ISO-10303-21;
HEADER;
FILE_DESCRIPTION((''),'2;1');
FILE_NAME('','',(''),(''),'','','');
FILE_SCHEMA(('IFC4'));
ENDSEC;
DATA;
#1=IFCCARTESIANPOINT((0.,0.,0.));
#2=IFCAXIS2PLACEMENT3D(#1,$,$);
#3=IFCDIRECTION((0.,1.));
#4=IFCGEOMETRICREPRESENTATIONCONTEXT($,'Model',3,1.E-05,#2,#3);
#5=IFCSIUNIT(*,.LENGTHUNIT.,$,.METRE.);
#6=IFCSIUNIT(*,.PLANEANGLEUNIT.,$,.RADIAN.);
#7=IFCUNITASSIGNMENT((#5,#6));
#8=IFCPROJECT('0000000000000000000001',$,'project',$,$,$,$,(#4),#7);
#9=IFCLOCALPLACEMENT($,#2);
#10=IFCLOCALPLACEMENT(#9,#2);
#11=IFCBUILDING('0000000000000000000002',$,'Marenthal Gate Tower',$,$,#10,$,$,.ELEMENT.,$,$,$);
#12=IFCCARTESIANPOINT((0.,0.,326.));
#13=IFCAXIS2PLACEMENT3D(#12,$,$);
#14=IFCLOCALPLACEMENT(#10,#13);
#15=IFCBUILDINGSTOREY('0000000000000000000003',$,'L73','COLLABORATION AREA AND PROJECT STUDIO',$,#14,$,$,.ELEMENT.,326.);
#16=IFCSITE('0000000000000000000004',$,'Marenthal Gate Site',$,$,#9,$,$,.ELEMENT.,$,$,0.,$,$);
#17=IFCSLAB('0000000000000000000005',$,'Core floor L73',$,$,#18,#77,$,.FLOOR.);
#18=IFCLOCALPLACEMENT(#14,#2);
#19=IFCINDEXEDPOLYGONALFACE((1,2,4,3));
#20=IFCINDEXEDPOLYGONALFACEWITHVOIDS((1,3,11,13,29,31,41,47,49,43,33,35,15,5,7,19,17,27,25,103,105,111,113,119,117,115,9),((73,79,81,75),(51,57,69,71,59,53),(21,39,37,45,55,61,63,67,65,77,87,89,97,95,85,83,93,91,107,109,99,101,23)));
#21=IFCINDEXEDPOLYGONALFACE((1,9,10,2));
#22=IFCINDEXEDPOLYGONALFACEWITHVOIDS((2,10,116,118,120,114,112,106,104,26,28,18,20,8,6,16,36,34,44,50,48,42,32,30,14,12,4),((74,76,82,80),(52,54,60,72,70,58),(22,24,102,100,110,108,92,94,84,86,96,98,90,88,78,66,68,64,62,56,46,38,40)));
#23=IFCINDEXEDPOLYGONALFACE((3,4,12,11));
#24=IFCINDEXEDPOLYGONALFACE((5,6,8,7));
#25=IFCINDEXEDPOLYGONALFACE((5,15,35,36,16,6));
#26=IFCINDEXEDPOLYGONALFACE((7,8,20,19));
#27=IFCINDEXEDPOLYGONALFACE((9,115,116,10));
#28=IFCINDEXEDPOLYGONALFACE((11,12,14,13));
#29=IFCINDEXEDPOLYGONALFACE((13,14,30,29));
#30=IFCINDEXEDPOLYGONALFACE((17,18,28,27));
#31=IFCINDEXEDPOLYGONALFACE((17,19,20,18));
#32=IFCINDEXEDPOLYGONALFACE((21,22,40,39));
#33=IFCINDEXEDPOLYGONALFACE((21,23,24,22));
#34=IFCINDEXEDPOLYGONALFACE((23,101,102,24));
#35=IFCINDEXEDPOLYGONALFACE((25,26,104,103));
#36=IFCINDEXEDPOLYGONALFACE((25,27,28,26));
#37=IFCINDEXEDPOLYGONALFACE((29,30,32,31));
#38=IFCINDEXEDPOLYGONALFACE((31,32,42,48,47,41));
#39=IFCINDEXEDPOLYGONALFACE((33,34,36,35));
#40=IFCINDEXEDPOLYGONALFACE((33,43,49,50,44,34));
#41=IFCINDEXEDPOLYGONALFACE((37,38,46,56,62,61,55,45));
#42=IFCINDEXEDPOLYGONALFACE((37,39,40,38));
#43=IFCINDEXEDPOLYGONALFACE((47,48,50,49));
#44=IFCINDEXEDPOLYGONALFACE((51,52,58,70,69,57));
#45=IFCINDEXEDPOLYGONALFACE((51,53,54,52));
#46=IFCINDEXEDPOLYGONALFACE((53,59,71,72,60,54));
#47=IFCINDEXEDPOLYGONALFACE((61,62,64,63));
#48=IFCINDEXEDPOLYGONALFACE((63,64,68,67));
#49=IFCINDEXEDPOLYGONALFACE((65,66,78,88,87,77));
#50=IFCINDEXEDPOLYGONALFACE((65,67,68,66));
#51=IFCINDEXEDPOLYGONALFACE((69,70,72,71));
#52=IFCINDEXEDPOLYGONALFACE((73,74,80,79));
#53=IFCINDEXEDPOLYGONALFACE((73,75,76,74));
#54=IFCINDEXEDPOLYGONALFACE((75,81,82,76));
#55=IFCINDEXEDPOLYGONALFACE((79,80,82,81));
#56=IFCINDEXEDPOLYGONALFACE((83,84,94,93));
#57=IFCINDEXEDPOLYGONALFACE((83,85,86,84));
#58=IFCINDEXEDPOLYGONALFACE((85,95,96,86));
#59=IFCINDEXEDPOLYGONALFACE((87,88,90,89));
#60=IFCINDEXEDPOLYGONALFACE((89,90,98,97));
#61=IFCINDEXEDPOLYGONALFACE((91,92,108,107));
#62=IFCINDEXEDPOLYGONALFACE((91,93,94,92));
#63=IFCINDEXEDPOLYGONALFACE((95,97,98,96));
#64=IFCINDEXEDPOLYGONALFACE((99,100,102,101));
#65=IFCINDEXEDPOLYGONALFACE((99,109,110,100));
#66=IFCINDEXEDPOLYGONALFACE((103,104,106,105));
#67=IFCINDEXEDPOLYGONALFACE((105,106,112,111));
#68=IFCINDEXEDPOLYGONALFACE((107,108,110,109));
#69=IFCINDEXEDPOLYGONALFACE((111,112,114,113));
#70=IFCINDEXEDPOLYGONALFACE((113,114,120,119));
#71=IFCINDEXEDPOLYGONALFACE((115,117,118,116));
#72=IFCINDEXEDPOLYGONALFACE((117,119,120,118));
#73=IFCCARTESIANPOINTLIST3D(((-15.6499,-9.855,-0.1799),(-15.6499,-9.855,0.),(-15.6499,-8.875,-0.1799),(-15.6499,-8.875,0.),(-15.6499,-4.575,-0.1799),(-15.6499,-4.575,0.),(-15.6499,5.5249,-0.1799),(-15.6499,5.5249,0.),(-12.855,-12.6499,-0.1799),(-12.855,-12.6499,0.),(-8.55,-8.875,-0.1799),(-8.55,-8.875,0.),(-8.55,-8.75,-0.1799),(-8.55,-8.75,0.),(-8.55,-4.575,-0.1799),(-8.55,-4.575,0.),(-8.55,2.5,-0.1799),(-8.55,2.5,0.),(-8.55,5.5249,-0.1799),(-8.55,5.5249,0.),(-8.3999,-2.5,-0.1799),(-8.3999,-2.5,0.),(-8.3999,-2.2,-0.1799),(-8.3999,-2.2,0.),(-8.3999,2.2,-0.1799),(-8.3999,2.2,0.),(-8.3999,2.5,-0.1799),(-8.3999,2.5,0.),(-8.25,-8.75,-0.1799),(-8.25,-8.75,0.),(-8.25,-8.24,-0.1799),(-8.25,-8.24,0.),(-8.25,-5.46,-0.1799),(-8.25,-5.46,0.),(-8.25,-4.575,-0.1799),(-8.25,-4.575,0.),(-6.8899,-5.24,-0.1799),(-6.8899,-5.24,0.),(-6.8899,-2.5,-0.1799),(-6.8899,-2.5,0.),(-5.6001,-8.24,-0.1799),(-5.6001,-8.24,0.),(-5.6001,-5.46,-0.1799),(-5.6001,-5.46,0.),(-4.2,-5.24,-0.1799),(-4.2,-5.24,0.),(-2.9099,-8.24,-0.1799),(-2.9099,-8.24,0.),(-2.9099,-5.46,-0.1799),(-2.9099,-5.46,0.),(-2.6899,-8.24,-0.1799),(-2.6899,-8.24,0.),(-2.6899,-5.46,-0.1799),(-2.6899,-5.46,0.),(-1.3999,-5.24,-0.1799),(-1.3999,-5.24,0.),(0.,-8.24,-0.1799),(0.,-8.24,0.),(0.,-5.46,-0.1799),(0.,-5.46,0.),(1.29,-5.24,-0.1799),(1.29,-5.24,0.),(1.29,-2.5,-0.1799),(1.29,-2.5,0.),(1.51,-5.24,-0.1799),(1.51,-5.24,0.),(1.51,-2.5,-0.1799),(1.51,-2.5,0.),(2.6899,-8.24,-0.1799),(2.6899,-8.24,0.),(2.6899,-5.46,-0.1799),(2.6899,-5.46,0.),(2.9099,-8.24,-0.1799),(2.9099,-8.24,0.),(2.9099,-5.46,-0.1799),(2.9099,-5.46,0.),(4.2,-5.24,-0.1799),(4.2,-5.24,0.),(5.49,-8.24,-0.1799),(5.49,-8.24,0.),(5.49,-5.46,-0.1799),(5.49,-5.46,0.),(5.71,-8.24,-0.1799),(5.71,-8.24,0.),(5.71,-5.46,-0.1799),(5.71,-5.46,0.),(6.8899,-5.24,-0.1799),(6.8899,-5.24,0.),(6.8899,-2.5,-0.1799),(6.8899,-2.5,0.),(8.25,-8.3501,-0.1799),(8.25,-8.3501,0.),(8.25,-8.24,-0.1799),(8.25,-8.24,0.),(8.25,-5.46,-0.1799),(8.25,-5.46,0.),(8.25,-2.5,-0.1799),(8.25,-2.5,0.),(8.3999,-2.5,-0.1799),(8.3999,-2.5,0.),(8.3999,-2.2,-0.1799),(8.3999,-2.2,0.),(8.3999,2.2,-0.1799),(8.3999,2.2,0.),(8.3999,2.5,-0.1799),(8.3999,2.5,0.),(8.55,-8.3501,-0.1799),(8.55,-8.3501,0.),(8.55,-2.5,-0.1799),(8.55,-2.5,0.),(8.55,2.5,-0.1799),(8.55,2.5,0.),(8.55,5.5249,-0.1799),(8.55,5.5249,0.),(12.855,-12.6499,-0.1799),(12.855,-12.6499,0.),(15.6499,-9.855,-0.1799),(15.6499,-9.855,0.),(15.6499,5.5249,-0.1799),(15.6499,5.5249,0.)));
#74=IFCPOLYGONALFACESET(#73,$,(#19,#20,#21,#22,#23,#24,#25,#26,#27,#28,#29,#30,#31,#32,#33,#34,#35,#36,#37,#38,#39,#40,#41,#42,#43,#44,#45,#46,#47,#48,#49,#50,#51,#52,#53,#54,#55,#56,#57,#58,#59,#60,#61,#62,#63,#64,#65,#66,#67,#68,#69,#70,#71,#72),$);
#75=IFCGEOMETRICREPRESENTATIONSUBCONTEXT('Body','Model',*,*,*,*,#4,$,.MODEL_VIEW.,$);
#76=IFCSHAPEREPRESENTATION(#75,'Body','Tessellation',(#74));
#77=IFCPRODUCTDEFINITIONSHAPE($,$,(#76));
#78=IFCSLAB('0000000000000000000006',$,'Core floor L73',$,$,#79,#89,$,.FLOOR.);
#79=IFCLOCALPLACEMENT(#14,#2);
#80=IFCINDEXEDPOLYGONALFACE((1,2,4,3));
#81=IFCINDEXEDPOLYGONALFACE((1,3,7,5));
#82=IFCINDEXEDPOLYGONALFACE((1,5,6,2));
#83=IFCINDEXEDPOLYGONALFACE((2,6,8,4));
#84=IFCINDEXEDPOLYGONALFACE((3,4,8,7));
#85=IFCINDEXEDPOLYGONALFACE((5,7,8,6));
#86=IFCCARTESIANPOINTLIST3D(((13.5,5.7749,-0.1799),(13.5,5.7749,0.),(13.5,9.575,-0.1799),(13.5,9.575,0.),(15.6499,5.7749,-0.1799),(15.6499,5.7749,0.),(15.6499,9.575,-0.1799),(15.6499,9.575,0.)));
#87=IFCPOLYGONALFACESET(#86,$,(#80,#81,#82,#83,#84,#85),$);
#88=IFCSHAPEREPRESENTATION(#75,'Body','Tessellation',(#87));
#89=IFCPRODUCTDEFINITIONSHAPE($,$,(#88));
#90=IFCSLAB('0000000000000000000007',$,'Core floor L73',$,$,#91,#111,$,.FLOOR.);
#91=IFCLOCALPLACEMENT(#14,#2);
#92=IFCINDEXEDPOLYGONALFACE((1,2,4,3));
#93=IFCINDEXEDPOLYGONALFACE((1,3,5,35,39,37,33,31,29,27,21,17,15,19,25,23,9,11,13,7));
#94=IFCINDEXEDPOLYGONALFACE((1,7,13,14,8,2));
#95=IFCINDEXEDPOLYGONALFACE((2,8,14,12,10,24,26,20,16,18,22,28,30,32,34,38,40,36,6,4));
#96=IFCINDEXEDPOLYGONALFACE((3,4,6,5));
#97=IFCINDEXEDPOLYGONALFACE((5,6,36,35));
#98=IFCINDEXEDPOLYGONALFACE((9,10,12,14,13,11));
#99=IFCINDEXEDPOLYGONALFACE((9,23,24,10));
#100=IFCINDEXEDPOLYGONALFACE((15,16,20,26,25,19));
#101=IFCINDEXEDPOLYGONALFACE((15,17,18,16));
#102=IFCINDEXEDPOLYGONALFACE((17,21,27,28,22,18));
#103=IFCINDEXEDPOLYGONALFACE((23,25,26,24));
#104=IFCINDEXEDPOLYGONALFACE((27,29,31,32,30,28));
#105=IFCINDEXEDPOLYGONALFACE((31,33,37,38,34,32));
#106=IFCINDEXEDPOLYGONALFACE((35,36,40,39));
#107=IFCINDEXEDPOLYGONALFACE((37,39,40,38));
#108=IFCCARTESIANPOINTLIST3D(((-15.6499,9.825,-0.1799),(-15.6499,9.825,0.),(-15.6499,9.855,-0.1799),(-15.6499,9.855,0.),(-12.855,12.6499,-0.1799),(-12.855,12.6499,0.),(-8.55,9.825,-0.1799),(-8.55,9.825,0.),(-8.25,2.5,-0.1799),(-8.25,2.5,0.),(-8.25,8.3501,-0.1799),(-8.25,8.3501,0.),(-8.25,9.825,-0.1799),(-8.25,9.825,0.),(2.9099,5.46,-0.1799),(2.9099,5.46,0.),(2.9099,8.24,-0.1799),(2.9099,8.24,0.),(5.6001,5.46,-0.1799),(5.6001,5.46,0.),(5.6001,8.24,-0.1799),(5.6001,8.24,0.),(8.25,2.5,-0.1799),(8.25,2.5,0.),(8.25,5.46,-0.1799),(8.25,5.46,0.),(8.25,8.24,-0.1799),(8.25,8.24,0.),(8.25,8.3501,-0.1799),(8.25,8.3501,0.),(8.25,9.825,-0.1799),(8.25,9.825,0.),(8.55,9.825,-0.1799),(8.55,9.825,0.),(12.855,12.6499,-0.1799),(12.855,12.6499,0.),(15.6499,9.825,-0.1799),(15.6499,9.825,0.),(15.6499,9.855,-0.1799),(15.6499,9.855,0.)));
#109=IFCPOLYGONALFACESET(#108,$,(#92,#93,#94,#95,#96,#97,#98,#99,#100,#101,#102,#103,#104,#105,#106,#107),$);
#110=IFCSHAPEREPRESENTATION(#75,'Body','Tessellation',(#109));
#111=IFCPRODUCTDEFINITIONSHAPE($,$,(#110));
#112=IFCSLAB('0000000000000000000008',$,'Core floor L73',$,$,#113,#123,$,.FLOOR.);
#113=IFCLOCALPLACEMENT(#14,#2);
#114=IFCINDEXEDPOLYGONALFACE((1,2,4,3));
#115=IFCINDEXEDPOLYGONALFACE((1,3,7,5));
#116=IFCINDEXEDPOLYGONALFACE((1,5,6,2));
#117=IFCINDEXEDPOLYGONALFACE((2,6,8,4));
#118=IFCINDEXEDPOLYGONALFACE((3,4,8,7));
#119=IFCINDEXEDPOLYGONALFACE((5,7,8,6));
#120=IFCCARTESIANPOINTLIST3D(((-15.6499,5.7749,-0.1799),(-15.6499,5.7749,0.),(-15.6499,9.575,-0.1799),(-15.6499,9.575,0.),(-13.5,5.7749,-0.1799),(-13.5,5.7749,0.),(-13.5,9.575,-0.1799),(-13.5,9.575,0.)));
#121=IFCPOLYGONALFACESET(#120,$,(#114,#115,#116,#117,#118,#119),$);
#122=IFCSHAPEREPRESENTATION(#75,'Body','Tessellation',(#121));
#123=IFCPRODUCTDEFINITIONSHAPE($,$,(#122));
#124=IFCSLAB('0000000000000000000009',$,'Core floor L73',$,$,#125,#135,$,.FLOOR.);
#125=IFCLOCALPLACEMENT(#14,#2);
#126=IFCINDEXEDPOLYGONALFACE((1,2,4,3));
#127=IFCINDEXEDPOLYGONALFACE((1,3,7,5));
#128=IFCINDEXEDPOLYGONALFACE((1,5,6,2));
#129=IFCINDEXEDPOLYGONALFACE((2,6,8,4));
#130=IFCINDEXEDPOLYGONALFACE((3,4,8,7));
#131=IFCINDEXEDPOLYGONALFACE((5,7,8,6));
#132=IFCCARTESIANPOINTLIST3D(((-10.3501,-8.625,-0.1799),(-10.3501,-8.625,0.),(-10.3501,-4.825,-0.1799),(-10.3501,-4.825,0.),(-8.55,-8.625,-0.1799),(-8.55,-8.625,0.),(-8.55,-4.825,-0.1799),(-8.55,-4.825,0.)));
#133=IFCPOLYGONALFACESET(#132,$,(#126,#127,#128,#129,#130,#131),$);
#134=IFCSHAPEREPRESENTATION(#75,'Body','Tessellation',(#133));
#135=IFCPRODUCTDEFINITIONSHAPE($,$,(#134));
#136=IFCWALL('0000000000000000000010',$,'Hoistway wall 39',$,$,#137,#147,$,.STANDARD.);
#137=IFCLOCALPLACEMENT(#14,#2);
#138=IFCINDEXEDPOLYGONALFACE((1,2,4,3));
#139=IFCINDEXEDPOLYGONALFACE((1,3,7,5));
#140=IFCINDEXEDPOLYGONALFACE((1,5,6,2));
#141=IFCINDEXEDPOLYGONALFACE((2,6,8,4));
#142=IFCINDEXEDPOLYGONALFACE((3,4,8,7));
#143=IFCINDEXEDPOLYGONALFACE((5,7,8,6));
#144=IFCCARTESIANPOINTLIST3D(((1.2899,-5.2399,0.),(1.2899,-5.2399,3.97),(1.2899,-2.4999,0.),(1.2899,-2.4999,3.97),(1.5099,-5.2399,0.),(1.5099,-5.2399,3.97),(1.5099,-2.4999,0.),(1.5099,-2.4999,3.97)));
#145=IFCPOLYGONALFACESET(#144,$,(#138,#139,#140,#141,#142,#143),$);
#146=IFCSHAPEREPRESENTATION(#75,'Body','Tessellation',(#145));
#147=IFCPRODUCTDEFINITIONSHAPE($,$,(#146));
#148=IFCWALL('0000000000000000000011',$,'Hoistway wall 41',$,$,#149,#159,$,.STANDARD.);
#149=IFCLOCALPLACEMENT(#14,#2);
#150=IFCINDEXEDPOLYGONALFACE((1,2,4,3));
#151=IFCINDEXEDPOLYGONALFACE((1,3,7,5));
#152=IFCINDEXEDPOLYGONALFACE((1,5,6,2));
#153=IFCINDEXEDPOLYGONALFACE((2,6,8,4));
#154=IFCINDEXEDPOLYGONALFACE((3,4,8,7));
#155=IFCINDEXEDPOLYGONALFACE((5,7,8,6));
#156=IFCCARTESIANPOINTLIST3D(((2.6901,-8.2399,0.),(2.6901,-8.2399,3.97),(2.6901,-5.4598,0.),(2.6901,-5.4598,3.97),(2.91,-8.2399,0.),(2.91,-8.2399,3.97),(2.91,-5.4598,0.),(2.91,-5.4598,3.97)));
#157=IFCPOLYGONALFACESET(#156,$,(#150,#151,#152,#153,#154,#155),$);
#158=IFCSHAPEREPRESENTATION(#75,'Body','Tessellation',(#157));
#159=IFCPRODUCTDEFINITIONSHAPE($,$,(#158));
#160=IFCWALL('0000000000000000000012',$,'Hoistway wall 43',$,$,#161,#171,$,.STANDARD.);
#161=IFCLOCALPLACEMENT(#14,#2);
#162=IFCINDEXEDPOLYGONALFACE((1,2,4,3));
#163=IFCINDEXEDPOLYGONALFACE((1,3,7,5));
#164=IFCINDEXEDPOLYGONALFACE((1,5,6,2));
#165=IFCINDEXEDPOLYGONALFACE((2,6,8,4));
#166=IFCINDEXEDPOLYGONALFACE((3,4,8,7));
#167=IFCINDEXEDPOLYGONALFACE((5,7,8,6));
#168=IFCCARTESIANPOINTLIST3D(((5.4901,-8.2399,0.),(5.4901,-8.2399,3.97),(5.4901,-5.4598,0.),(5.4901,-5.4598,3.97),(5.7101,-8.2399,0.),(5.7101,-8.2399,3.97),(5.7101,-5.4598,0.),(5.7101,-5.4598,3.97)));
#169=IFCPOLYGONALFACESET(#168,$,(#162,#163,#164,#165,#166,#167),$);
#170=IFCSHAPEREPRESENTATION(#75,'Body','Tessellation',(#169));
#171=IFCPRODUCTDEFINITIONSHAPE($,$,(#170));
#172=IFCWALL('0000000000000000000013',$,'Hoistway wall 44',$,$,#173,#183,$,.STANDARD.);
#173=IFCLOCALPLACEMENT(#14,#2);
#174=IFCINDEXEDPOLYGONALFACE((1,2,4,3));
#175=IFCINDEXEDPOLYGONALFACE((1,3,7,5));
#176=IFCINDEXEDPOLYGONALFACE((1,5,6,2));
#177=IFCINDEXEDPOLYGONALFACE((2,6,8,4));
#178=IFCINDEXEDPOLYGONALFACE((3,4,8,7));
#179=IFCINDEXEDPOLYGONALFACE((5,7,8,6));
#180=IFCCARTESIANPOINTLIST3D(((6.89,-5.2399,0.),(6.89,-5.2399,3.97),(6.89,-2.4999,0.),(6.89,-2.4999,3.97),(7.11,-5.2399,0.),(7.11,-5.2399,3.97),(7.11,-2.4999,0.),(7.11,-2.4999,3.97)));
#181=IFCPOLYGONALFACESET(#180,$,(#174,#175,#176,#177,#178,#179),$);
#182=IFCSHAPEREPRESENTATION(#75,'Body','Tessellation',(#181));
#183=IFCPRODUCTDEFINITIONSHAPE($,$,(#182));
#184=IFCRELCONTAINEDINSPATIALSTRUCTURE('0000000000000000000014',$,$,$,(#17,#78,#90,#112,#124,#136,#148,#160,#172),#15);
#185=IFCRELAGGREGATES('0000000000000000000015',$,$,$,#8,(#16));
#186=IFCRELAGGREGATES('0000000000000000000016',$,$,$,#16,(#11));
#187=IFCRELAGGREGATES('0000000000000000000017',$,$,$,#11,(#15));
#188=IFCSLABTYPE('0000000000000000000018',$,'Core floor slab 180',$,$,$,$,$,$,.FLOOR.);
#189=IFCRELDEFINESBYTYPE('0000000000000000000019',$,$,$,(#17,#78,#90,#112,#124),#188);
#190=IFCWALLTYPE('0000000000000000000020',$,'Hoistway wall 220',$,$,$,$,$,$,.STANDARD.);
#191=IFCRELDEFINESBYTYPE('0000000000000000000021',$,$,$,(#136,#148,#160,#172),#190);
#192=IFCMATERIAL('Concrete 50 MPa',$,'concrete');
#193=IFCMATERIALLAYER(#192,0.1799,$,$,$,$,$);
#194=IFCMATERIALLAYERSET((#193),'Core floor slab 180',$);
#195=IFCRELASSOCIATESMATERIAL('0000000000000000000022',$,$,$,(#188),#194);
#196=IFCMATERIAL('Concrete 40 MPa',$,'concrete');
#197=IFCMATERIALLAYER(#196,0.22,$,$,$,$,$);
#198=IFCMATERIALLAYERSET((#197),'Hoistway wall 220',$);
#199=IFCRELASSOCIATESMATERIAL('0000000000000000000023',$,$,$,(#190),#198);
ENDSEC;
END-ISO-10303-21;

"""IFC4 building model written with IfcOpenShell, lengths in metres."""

from ifc_helpers import new_model, si_unit, direction, frame, frame_2d, origin, place, context, subcontext, project, spatial, polyline, rectangle, outline, extrude, material, layer, layer_set, type_object, element, save


model = new_model("IFC4")

# Units and contexts
model_context = context("Model", 3, precision=1e-05, world=origin(), true_north=direction((0.0, 1.0)))
body_context = subcontext(model_context, "Body", "Model", "MODEL_VIEW")
ifc_project = project(units=[si_unit("LENGTHUNIT", "METRE"), si_unit("PLANEANGLEUNIT", "RADIAN")], contexts=[model_context])

# Site, building, storey
site_placement = place(None, origin())
site = spatial("IfcSite", under=ifc_project, at=site_placement, Name="Marenthal Gate Site", CompositionType="ELEMENT", RefElevation=0.0)
building_placement = place(site_placement, origin())
building = spatial("IfcBuilding", under=site, at=building_placement, Name="Marenthal Gate Tower", CompositionType="ELEMENT")
storey_placement = place(building_placement, frame((0.0, 0.0, 326.0)))
storey = spatial("IfcBuildingStorey", under=building, at=storey_placement, Name="L73", Description="COLLABORATION AREA AND PROJECT STUDIO", CompositionType="ELEMENT", Elevation=326.0)

# Slabs
ifc_material_1 = material(Name="Concrete 50 MPa", Category="concrete")
ifc_layer_1 = layer(ifc_material_1, 0.1799)
ifc_layer_set_1 = layer_set([ifc_layer_1], Name="Core floor slab 180")
slab_type_1 = type_object("IfcSlabType", Name="Core floor slab 180", PredefinedType="FLOOR", material=ifc_layer_set_1)
slab_1_placement = place(storey_placement, frame((0.0, 0.0, -0.1799)))
element("IfcSlab", 1, at=slab_1_placement, inside=storey, type_object=slab_type_1, Name="Core floor L73", PredefinedType="FLOOR", context=body_context, shape_type="SweptSolid", body=[
    extrude(outline(polyline([(12.855, -12.6499), (-12.855, -12.6499), (-15.6499, -9.855), (-15.6499, -8.875), (-8.55, -8.875), (-8.55, -8.75), (-8.25, -8.75), (-8.25, -8.24), (-5.6001, -8.24), (-2.9099, -8.24), (-2.9099, -5.46), (-5.6001, -5.46), (-8.25, -5.46), (-8.25, -4.575), (-8.55, -4.575), (-15.6499, -4.575), (-15.6499, 5.5249), (-8.55, 5.5249), (-8.55, 2.5), (-8.3999, 2.5), (-8.3999, 2.2), (8.3999, 2.2), (8.3999, 2.5), (8.55, 2.5), (8.55, 5.5249), (15.6499, 5.5249), (15.6499, -9.855), (12.855, -12.6499)]), holes=[polyline([(0.0, -8.24), (2.6899, -8.24), (2.6899, -5.46), (0.0, -5.46), (-2.6899, -5.46), (-2.6899, -8.24), (0.0, -8.24)]), polyline([(1.29, -5.24), (1.29, -2.5), (1.51, -2.5), (1.51, -5.24), (4.2, -5.24), (6.8899, -5.24), (6.8899, -2.5), (8.25, -2.5), (8.25, -5.46), (5.71, -5.46), (5.71, -8.24), (8.25, -8.24), (8.25, -8.3501), (8.55, -8.3501), (8.55, -2.5), (8.3999, -2.5), (8.3999, -2.2), (-8.3999, -2.2), (-8.3999, -2.5), (-6.8899, -2.5), (-6.8899, -5.24), (-4.2, -5.24), (-1.3999, -5.24), (1.29, -5.24)]), polyline([(5.49, -5.46), (2.9099, -5.46), (2.9099, -8.24), (5.49, -8.24), (5.49, -5.46)])]), origin(), (0.0, 0.0, 1.0), 0.1799),
])
slab_2_placement = place(storey_placement, frame((0.0, 0.0, -0.1799)))
element("IfcSlab", 2, at=slab_2_placement, inside=storey, type_object=slab_type_1, Name="Core floor L73", PredefinedType="FLOOR", context=body_context, shape_type="SweptSolid", body=[
    extrude(outline(polyline([(15.6499, 5.7749), (13.5, 5.7749), (13.5, 9.575), (15.6499, 9.575), (15.6499, 5.7749)])), origin(), (0.0, 0.0, 1.0), 0.1799),
])
slab_3_placement = place(storey_placement, frame((0.0, 0.0, -0.1799)))
element("IfcSlab", 3, at=slab_3_placement, inside=storey, type_object=slab_type_1, Name="Core floor L73", PredefinedType="FLOOR", context=body_context, shape_type="SweptSolid", body=[
    extrude(outline(polyline([(15.6499, 9.825), (8.55, 9.825), (8.25, 9.825), (8.25, 8.3501), (8.25, 8.24), (5.6001, 8.24), (2.9099, 8.24), (2.9099, 5.46), (5.6001, 5.46), (8.25, 5.46), (8.25, 2.5), (-8.25, 2.5), (-8.25, 8.3501), (-8.25, 9.825), (-8.55, 9.825), (-15.6499, 9.825), (-15.6499, 9.855), (-12.855, 12.6499), (12.855, 12.6499), (15.6499, 9.855), (15.6499, 9.825)])), origin(), (0.0, 0.0, 1.0), 0.1799),
])
slab_4_placement = place(storey_placement, frame((0.0, 0.0, -0.1799)))
element("IfcSlab", 4, at=slab_4_placement, inside=storey, type_object=slab_type_1, Name="Core floor L73", PredefinedType="FLOOR", context=body_context, shape_type="SweptSolid", body=[
    extrude(outline(polyline([(-15.6499, 9.575), (-13.5, 9.575), (-13.5, 5.7749), (-15.6499, 5.7749), (-15.6499, 9.575)])), origin(), (0.0, 0.0, 1.0), 0.1799),
])
slab_5_placement = place(storey_placement, frame((0.0, 0.0, -0.1799)))
element("IfcSlab", 5, at=slab_5_placement, inside=storey, type_object=slab_type_1, Name="Core floor L73", PredefinedType="FLOOR", context=body_context, shape_type="SweptSolid", body=[
    extrude(outline(polyline([(-8.55, -4.825), (-8.55, -8.625), (-10.3501, -8.625), (-10.3501, -4.825), (-8.55, -4.825)])), origin(), (0.0, 0.0, 1.0), 0.1799),
])

# Walls
ifc_material_2 = material(Name="Concrete 40 MPa", Category="concrete")
ifc_layer_2 = layer(ifc_material_2, 0.22)
ifc_layer_set_2 = layer_set([ifc_layer_2], Name="Hoistway wall 220")
wall_type_1 = type_object("IfcWallType", Name="Hoistway wall 220", PredefinedType="STANDARD", material=ifc_layer_set_2)
wall_1_placement = place(storey_placement, frame((1.3999, -5.24, 0.0), z_axis=(0.0, 0.0, 1.0), x_axis=(0.0, 1.0, 0.0)))
element("IfcWall", 6, at=wall_1_placement, inside=storey, type_object=wall_type_1, Name="Hoistway wall 39", PredefinedType="STANDARD", context=body_context, shape_type="SweptSolid", body=[
    extrude(rectangle(XDim=2.74, YDim=0.22, at=frame_2d((1.3701, 0.0))), origin(), (0.0, 0.0, 1.0), 3.97),
])
for number, where, z_axis, x_axis, name in (
    (7, (2.8, -8.24, 0.0), (0.0, 0.0, 1.0), (0.0, 1.0, 0.0), "Hoistway wall 41"),
    (8, (5.6001, -8.24, 0.0), (0.0, 0.0, 1.0), (0.0, 1.0, 0.0), "Hoistway wall 43"),
):
    element("IfcWall", number, at=place(storey_placement, frame(where, z_axis=z_axis, x_axis=x_axis)), inside=storey, type_object=wall_type_1, Name=name, PredefinedType="STANDARD", context=body_context, shape_type="SweptSolid", body=[
        extrude(rectangle(XDim=2.78, YDim=0.22, at=frame_2d((1.3901, 0.0))), origin(), (0.0, 0.0, 1.0), 3.97),
    ])
wall_2_placement = place(storey_placement, frame((7.0, -5.24, 0.0), z_axis=(0.0, 0.0, 1.0), x_axis=(0.0, 1.0, 0.0)))
element("IfcWall", 9, at=wall_2_placement, inside=storey, type_object=wall_type_1, Name="Hoistway wall 44", PredefinedType="STANDARD", context=body_context, shape_type="SweptSolid", body=[
    extrude(rectangle(XDim=2.74, YDim=0.22, at=frame_2d((1.3701, 0.0))), origin(), (0.0, 0.0, 1.0), 3.97),
])

save(model, "model.ifc")
